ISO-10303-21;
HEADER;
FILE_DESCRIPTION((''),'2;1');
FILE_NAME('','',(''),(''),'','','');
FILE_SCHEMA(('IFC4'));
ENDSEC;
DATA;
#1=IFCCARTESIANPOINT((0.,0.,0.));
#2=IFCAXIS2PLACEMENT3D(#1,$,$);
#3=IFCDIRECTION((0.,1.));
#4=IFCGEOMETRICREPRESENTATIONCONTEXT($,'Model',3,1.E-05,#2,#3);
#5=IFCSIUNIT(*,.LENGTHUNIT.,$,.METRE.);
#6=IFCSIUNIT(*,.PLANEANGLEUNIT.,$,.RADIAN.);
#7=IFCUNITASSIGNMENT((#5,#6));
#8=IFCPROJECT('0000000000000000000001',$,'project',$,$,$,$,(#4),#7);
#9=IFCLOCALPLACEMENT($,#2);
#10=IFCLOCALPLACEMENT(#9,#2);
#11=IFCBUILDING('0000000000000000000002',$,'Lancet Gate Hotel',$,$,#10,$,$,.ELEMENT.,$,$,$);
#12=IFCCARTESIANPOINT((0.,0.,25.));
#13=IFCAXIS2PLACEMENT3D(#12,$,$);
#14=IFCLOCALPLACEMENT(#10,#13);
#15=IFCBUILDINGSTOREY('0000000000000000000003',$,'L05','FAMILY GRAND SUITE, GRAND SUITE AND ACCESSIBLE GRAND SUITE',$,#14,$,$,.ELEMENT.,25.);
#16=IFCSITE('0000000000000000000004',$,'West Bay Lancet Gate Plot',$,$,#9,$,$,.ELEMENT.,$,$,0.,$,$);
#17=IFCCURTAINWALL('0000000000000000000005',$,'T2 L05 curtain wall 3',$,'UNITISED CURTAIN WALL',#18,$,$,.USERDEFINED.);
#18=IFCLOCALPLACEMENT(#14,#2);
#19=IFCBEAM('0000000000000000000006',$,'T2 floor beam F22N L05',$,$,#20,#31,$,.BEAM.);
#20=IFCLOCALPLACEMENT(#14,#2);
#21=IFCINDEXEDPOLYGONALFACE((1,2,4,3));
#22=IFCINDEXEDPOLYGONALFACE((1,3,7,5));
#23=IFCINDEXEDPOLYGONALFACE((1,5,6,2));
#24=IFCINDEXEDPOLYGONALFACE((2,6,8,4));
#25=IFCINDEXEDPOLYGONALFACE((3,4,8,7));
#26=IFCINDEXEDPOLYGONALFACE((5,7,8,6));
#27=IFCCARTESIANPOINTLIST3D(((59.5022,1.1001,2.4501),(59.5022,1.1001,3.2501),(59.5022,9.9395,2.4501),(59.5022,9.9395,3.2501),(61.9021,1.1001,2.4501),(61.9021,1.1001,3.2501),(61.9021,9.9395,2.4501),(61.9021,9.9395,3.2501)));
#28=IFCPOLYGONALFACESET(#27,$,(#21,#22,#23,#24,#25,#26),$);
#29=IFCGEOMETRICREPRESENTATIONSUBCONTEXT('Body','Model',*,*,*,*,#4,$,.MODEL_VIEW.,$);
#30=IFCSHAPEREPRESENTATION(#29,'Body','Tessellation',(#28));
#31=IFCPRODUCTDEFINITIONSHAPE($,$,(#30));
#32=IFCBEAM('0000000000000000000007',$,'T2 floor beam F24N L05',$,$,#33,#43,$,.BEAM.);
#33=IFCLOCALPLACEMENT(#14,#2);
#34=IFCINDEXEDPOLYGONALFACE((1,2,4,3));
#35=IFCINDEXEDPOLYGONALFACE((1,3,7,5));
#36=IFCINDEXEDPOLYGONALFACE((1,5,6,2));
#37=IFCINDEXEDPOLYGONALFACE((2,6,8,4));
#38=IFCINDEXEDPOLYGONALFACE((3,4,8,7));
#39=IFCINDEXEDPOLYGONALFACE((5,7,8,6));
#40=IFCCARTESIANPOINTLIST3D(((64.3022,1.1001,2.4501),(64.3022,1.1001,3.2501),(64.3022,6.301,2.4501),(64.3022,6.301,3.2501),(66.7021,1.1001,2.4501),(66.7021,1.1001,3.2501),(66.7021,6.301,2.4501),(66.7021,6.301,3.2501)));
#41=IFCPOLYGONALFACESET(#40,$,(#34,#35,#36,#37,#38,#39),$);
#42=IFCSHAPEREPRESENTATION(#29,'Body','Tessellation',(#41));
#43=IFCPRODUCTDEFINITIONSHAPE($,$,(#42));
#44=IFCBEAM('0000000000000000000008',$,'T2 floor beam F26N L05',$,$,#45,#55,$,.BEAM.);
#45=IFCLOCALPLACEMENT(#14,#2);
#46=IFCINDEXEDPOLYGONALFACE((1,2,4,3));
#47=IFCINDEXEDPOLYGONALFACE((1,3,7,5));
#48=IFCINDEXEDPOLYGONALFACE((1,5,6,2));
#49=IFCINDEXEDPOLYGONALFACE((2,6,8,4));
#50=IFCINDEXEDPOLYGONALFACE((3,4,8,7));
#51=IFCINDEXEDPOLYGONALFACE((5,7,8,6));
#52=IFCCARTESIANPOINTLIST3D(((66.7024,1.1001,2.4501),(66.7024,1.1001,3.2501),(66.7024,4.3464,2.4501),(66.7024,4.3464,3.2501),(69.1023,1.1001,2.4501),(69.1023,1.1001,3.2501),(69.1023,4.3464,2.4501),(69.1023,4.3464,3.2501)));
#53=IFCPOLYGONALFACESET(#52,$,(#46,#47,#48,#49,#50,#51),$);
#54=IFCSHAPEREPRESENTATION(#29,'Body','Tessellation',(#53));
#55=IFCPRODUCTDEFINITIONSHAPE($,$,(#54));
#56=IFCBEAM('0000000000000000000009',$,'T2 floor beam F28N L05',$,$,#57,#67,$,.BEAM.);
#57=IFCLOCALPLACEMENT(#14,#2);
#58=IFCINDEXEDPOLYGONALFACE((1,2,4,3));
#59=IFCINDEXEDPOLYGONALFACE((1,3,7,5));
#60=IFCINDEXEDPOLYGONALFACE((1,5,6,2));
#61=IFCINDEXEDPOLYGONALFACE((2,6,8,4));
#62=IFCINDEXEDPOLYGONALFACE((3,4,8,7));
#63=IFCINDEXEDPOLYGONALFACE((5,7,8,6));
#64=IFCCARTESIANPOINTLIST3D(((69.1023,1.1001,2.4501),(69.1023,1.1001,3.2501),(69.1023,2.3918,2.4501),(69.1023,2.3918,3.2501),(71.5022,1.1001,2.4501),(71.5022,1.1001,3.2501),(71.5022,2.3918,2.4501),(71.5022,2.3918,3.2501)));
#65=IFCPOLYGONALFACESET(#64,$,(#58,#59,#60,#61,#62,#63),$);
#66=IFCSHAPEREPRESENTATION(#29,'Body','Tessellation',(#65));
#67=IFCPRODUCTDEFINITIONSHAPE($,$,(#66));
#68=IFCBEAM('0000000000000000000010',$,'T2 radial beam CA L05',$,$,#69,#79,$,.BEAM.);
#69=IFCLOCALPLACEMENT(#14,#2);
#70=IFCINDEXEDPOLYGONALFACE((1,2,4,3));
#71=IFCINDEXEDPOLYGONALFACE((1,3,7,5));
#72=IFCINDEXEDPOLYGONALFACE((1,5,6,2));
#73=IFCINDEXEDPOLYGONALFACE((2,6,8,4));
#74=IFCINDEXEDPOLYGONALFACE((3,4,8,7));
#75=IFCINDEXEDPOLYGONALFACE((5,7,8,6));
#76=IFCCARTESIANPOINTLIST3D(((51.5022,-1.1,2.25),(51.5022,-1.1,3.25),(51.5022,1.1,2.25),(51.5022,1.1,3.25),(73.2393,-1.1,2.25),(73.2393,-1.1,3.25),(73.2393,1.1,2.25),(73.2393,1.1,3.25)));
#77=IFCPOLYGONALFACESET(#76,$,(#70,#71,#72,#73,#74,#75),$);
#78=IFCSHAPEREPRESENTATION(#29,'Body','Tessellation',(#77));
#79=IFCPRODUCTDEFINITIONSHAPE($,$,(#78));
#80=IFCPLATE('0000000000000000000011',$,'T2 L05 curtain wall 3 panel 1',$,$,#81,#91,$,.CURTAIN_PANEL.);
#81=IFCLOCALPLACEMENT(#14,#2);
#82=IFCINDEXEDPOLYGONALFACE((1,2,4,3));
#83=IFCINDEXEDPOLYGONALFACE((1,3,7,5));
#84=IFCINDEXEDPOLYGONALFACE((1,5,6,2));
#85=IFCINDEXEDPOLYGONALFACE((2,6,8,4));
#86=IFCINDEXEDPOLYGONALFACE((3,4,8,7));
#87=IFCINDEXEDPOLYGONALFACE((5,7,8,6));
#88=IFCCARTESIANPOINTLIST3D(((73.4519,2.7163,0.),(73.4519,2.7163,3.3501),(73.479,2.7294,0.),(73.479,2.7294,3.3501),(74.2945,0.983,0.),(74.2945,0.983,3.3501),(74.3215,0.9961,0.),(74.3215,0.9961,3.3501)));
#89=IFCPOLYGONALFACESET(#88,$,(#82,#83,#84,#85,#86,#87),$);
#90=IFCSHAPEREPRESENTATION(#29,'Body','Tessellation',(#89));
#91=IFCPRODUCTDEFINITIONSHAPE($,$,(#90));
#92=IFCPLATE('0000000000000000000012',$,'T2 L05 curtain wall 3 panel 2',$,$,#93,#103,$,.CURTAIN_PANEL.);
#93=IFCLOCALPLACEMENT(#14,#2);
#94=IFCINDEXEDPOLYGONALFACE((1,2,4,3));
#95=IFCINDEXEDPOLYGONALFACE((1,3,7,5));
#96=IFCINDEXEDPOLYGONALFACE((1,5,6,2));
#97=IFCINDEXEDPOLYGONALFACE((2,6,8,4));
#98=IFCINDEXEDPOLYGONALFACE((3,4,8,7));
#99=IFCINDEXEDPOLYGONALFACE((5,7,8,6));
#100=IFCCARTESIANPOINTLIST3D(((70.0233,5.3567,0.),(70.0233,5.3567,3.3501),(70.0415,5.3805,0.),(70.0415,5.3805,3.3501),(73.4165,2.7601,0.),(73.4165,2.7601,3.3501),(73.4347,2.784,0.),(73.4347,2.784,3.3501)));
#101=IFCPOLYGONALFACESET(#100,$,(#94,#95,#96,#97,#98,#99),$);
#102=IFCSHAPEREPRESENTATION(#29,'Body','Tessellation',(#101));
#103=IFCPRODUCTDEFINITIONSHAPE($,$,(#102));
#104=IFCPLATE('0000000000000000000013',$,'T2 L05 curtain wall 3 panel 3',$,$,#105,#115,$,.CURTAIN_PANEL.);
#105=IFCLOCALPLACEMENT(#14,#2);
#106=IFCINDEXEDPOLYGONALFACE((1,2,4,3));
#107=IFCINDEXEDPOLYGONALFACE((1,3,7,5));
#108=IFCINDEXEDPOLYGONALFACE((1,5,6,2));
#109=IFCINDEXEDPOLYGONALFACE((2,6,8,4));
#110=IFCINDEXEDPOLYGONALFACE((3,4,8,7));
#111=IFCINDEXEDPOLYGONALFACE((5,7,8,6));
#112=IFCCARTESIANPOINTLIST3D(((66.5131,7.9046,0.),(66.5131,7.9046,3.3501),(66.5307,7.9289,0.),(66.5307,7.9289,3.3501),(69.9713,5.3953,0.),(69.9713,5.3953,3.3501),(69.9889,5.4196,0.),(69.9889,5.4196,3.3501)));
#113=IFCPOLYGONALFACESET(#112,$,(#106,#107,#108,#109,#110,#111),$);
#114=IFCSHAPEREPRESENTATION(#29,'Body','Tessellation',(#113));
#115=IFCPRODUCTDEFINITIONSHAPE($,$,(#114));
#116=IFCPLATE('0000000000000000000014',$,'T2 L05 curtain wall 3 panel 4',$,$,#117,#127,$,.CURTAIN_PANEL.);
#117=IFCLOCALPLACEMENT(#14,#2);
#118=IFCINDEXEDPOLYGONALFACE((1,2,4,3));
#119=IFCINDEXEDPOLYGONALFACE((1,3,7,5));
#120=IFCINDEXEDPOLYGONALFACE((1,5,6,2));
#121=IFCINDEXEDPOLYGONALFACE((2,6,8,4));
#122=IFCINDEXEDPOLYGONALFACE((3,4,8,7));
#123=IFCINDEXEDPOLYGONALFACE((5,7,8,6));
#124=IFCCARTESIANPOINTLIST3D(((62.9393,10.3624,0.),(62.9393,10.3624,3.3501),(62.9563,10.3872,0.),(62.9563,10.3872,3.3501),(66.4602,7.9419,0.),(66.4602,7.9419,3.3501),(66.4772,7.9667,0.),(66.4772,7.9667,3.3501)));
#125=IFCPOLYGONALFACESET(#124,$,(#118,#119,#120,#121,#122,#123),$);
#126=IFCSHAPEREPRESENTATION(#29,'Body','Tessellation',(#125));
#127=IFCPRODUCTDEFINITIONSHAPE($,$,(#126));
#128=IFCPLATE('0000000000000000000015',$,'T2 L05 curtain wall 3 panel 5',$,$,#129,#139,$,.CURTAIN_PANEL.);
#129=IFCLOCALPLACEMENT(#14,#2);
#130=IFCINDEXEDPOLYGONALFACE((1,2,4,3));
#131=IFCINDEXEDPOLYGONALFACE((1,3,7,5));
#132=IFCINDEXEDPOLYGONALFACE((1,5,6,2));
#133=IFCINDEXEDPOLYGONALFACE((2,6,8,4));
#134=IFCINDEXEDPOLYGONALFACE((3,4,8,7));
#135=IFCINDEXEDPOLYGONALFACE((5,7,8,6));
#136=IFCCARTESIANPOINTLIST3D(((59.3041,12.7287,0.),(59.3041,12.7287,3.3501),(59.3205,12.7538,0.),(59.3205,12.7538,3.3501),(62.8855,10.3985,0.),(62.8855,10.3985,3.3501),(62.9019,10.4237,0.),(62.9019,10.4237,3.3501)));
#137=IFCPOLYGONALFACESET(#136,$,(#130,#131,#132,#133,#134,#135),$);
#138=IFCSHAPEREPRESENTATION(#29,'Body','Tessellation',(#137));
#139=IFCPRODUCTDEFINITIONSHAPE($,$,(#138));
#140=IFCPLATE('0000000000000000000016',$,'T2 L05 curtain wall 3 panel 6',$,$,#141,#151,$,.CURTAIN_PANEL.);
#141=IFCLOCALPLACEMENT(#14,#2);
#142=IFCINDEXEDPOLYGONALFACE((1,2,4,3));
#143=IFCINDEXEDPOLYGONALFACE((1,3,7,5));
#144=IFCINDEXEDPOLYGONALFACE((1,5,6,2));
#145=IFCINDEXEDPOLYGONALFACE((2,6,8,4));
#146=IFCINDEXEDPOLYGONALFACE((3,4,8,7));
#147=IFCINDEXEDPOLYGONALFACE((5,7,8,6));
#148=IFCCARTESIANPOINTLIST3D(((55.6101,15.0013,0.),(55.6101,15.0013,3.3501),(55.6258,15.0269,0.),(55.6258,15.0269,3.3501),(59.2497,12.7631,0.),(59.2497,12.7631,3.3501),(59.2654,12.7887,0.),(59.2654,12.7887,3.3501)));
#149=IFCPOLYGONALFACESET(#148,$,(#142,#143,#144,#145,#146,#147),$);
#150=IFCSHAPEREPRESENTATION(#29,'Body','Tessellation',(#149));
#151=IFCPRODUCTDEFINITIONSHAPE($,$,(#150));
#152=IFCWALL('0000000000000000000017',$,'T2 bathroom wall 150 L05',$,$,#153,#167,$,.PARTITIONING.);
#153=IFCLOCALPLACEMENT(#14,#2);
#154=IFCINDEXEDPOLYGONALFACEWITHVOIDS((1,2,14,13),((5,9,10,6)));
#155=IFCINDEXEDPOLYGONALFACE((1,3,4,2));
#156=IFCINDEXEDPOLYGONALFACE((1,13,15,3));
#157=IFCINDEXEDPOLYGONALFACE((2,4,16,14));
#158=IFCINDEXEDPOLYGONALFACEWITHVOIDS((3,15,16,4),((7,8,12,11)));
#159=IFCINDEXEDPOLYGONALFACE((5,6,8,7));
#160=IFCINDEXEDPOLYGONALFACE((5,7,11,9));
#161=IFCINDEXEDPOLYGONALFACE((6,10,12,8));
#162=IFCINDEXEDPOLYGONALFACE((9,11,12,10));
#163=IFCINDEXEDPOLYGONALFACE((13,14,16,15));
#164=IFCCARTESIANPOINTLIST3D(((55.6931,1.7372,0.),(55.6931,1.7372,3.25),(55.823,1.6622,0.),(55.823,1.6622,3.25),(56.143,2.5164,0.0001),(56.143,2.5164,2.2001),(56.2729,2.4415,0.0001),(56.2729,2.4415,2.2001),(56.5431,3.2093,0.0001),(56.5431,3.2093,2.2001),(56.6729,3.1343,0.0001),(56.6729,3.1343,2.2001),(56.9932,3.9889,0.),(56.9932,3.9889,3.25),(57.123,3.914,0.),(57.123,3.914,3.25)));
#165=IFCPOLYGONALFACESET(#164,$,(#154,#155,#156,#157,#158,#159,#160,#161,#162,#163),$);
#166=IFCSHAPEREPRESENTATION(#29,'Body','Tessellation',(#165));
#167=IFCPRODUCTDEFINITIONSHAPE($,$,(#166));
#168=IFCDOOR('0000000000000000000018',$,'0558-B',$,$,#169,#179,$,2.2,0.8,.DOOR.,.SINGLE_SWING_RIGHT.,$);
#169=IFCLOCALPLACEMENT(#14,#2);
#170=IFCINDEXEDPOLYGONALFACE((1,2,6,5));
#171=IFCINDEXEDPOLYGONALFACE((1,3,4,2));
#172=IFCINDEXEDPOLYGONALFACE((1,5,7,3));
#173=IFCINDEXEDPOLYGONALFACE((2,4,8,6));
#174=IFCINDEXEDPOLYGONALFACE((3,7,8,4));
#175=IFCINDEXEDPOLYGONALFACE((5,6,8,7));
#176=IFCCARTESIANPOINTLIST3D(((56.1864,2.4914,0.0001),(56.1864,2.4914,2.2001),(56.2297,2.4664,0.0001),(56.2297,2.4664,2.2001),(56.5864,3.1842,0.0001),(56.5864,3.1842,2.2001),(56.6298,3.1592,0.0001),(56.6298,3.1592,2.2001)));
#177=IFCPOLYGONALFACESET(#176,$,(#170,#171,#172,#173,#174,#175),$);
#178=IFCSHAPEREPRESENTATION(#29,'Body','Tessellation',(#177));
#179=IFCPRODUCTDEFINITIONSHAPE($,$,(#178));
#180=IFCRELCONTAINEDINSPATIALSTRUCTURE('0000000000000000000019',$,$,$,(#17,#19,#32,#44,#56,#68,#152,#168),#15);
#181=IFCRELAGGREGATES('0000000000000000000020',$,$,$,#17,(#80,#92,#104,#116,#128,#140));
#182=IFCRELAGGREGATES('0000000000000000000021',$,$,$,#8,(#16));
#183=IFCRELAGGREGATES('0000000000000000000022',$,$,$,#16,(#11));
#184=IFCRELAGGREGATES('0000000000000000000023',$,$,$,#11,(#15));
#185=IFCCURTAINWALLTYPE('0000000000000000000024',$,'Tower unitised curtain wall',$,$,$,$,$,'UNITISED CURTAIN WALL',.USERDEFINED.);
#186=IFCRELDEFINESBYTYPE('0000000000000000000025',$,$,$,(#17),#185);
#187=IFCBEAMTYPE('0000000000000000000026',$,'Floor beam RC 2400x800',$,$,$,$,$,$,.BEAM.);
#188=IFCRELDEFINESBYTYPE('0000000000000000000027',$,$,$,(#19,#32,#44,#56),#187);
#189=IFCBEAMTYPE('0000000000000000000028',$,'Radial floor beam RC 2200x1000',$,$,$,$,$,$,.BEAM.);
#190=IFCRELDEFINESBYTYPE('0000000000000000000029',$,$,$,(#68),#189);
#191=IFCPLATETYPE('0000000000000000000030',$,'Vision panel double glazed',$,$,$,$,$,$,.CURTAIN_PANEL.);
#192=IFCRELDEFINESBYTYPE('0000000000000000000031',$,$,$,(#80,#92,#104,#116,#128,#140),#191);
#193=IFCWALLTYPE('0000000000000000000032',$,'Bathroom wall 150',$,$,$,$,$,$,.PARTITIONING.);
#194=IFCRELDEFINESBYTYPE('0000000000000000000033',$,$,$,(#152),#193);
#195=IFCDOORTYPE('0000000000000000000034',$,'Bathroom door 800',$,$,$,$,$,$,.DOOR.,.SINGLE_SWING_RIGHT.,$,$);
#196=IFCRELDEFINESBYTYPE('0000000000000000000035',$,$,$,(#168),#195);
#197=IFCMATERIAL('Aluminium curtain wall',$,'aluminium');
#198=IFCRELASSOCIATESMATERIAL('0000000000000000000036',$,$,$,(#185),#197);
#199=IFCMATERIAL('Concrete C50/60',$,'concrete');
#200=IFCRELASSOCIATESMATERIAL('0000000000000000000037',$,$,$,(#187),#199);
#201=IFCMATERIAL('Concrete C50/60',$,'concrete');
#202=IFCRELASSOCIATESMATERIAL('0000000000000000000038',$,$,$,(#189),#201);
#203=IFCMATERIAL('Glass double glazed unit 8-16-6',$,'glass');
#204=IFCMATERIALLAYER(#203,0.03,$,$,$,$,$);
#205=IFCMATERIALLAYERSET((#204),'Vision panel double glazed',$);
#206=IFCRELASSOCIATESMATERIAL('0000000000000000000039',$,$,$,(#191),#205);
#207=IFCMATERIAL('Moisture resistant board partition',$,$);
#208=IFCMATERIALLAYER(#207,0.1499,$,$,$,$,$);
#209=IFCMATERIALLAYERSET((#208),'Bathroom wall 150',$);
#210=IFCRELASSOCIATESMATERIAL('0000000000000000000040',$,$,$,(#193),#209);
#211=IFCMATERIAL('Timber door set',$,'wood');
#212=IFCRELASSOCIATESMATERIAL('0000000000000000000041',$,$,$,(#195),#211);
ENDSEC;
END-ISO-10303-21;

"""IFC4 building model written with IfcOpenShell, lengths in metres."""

from ifc_helpers import new_model, si_unit, direction, frame, frame_2d, origin, origin_2d, place, context, subcontext, project, spatial, rectangle, extrude, material, layer, layer_set, material_profile, profile_set, type_object, element, fill, aggregate, save


model = new_model("IFC4")

# Units and contexts
model_context = context("Model", 3, precision=1e-05, world=origin(), true_north=direction((0.0, 1.0)))
body_context = subcontext(model_context, "Body", "Model", "MODEL_VIEW")
ifc_project = project(units=[si_unit("LENGTHUNIT", "METRE"), si_unit("PLANEANGLEUNIT", "RADIAN")], contexts=[model_context])

# Site, building, storey
site_placement = place(None, origin())
site = spatial("IfcSite", under=ifc_project, at=site_placement, Name="West Bay Lancet Gate Plot", CompositionType="ELEMENT", RefElevation=0.0)
building_placement = place(site_placement, origin())
building = spatial("IfcBuilding", under=site, at=building_placement, Name="Lancet Gate Hotel", CompositionType="ELEMENT")
storey_placement = place(building_placement, frame((0.0, 0.0, 25.0)))
storey = spatial("IfcBuildingStorey", under=building, at=storey_placement, Name="L05", Description="FAMILY GRAND SUITE, GRAND SUITE AND ACCESSIBLE GRAND SUITE", CompositionType="ELEMENT", Elevation=25.0)

# Curtain wall
ifc_material_1 = material(Name="Aluminium curtain wall", Category="aluminium")
curtain_wall_type = type_object("IfcCurtainWallType", Name="Tower unitised curtain wall", ElementType="UNITISED CURTAIN WALL", PredefinedType="USERDEFINED", material=ifc_material_1)
curtain_wall_placement = place(storey_placement, origin())
curtain_wall = element("IfcCurtainWall", 1, at=curtain_wall_placement, inside=storey, type_object=curtain_wall_type, Name="T2 L05 curtain wall 3", ObjectType="UNITISED CURTAIN WALL", PredefinedType="USERDEFINED")

# Beams
ifc_material_2 = material(Name="Concrete C50/60", Category="concrete")
ifc_material_profile_1 = material_profile(ifc_material_2, rectangle(XDim=2.3999, YDim=0.8, at=origin_2d()), Name="RC 2400x800")
ifc_profile_set_1 = profile_set([ifc_material_profile_1], Name="Concrete C50/60")
beam_type_1 = type_object("IfcBeamType", Name="Floor beam RC 2400x800", PredefinedType="BEAM", material=ifc_profile_set_1)
beam_1_placement = place(storey_placement, frame((60.7021, 1.1001, 2.8501), z_axis=(0.0, 1.0, 0.0), x_axis=(-1.0, 0.0, 0.0)))
element("IfcBeam", 2, at=beam_1_placement, inside=storey, type_object=beam_type_1, Name="T2 floor beam F22N L05", PredefinedType="BEAM", context=body_context, shape_type="SweptSolid", body=[
    extrude(rectangle(XDim=2.3999, YDim=0.8, at=origin_2d()), origin(), (0.0, 0.0, 1.0), 8.8394),
])
beam_2_placement = place(storey_placement, frame((65.5022, 1.1001, 2.8501), z_axis=(0.0, 1.0, 0.0), x_axis=(-1.0, 0.0, 0.0)))
element("IfcBeam", 3, at=beam_2_placement, inside=storey, type_object=beam_type_1, Name="T2 floor beam F24N L05", PredefinedType="BEAM", context=body_context, shape_type="SweptSolid", body=[
    extrude(rectangle(XDim=2.3999, YDim=0.8, at=origin_2d()), origin(), (0.0, 0.0, 1.0), 5.2009),
])
beam_3_placement = place(storey_placement, frame((67.9023, 1.1001, 2.8501), z_axis=(0.0, 1.0, 0.0), x_axis=(-1.0, 0.0, 0.0)))
element("IfcBeam", 4, at=beam_3_placement, inside=storey, type_object=beam_type_1, Name="T2 floor beam F26N L05", PredefinedType="BEAM", context=body_context, shape_type="SweptSolid", body=[
    extrude(rectangle(XDim=2.3999, YDim=0.8, at=origin_2d()), origin(), (0.0, 0.0, 1.0), 3.2463),
])
beam_4_placement = place(storey_placement, frame((70.3022, 1.1001, 2.8501), z_axis=(0.0, 1.0, 0.0), x_axis=(-1.0, 0.0, 0.0)))
element("IfcBeam", 5, at=beam_4_placement, inside=storey, type_object=beam_type_1, Name="T2 floor beam F28N L05", PredefinedType="BEAM", context=body_context, shape_type="SweptSolid", body=[
    extrude(rectangle(XDim=2.3999, YDim=0.8, at=origin_2d()), origin(), (0.0, 0.0, 1.0), 1.2917),
])
ifc_material_3 = material(Name="Concrete C50/60", Category="concrete")
ifc_material_profile_2 = material_profile(ifc_material_3, rectangle(XDim=2.2, YDim=1.0, at=origin_2d()), Name="RC 2200x1000")
ifc_profile_set_2 = profile_set([ifc_material_profile_2], Name="Concrete C50/60")
beam_type_2 = type_object("IfcBeamType", Name="Radial floor beam RC 2200x1000", PredefinedType="BEAM", material=ifc_profile_set_2)
beam_5_placement = place(storey_placement, frame((73.2393, 0.0, 2.75), z_axis=(-1.0, 0.0, 0.0), x_axis=(0.0, -1.0, 0.0)))
element("IfcBeam", 6, at=beam_5_placement, inside=storey, type_object=beam_type_2, Name="T2 radial beam CA L05", PredefinedType="BEAM", context=body_context, shape_type="SweptSolid", body=[
    extrude(rectangle(XDim=2.2, YDim=1.0, at=origin_2d()), origin(), (0.0, 0.0, 1.0), 21.7371),
])

# Plates
ifc_material_4 = material(Name="Glass double glazed unit 8-16-6", Category="glass")
ifc_layer_1 = layer(ifc_material_4, 0.03)
ifc_layer_set_1 = layer_set([ifc_layer_1], Name="Vision panel double glazed")
plate_type = type_object("IfcPlateType", Name="Vision panel double glazed", PredefinedType="CURTAIN_PANEL", material=ifc_layer_set_1)
plate_1_placement = place(storey_placement, frame((73.8867, 1.8562, 0.0), z_axis=(0.0, 0.0, 1.0), x_axis=(-0.437169, 0.899379, 0.0)))
plate_1 = element("IfcPlate", 7, at=plate_1_placement, type_object=plate_type, Name="T2 L05 curtain wall 3 panel 1", PredefinedType="CURTAIN_PANEL", context=body_context, shape_type="SweptSolid", body=[
    extrude(rectangle(XDim=1.9272, YDim=0.03, at=origin_2d()), origin(), (0.0, 0.0, 1.0), 3.3501),
])
plate_2_placement = place(storey_placement, frame((71.729, 4.0703, 0.0), z_axis=(0.0, 0.0, 1.0), x_axis=(-0.79416, 0.607709, 0.0)))
plate_2 = element("IfcPlate", 8, at=plate_2_placement, type_object=plate_type, Name="T2 L05 curtain wall 3 panel 2", PredefinedType="CURTAIN_PANEL", context=body_context, shape_type="SweptSolid", body=[
    extrude(rectangle(XDim=4.2727, YDim=0.03, at=origin_2d()), origin(), (0.0, 0.0, 1.0), 3.3501),
])
plate_3_placement = place(storey_placement, frame((68.251, 6.6621, 0.0), z_axis=(0.0, 0.0, 1.0), x_axis=(-0.80937, 0.587299, 0.0)))
plate_3 = element("IfcPlate", 9, at=plate_3_placement, type_object=plate_type, Name="T2 L05 curtain wall 3 panel 3", PredefinedType="CURTAIN_PANEL", context=body_context, shape_type="SweptSolid", body=[
    extrude(rectangle(XDim=4.2727, YDim=0.03, at=origin_2d()), origin(), (0.0, 0.0, 1.0), 3.3501),
])
plate_4_placement = place(storey_placement, frame((64.7083, 9.1646, 0.0), z_axis=(0.0, 0.0, 1.0), x_axis=(-0.824055, 0.566509, 0.0)))
plate_4 = element("IfcPlate", 10, at=plate_4_placement, type_object=plate_type, Name="T2 L05 curtain wall 3 panel 4", PredefinedType="CURTAIN_PANEL", context=body_context, shape_type="SweptSolid", body=[
    extrude(rectangle(XDim=4.2727, YDim=0.03, at=origin_2d()), origin(), (0.0, 0.0, 1.0), 3.3501),
])
plate_5_placement = place(storey_placement, frame((61.103, 11.5762, 0.0), z_axis=(0.0, 0.0, 1.0), x_axis=(-0.838207, 0.545353, 0.0)))
plate_5 = element("IfcPlate", 11, at=plate_5_placement, type_object=plate_type, Name="T2 L05 curtain wall 3 panel 5", PredefinedType="CURTAIN_PANEL", context=body_context, shape_type="SweptSolid", body=[
    extrude(rectangle(XDim=4.2727, YDim=0.03, at=origin_2d()), origin(), (0.0, 0.0, 1.0), 3.3501),
])
plate_6_placement = place(storey_placement, frame((57.4377, 13.895, 0.0), z_axis=(0.0, 0.0, 1.0), x_axis=(-0.851815, 0.523842, 0.0)))
plate_6 = element("IfcPlate", 12, at=plate_6_placement, type_object=plate_type, Name="T2 L05 curtain wall 3 panel 6", PredefinedType="CURTAIN_PANEL", context=body_context, shape_type="SweptSolid", body=[
    extrude(rectangle(XDim=4.2727, YDim=0.03, at=origin_2d()), origin(), (0.0, 0.0, 1.0), 3.3501),
])
aggregate(curtain_wall, [plate_1, plate_2, plate_3, plate_4, plate_5, plate_6])

# Wall, opening, door
ifc_material_5 = material(Name="Moisture resistant board partition")
ifc_layer_2 = layer(ifc_material_5, 0.1499)
ifc_layer_set_2 = layer_set([ifc_layer_2], Name="Bathroom wall 150")
wall_type_1 = type_object("IfcWallType", Name="Bathroom wall 150", PredefinedType="PARTITIONING", material=ifc_layer_set_2)
wall_1_placement = place(storey_placement, frame((55.7581, 1.6997, 0.0), z_axis=(0.0, 0.0, 1.0), x_axis=(0.500007, 0.866021, 0.0)))
wall_1 = element("IfcWall", 13, at=wall_1_placement, inside=storey, type_object=wall_type_1, Name="T2 bathroom wall 150 L05", PredefinedType="PARTITIONING", context=body_context, shape_type="SweptSolid", body=[
    extrude(rectangle(XDim=2.6001, YDim=0.1499, at=frame_2d((1.3, 0.0))), origin(), (0.0, 0.0, 1.0), 3.25),
])
opening_placement = place(wall_1_placement, frame((0.8999, 0.0, 0.0)))
opening = element("IfcOpeningElement", 14, at=opening_placement, cuts=wall_1, PredefinedType="OPENING", context=body_context, shape_type="SweptSolid", body=[
    extrude(rectangle(XDim=0.8, YDim=2.2, at=frame_2d((0.3999, 1.1001))), frame((0.0, 0.085, 0.0), z_axis=(0.0, -1.0, 0.0), x_axis=(1.0, 0.0, 0.0)), (0.0, 0.0, 1.0), 0.1699),
])
ifc_material_6 = material(Name="Timber door set", Category="wood")
door_type = type_object("IfcDoorType", Name="Bathroom door 800", OperationType="SINGLE_SWING_RIGHT", PredefinedType="DOOR", material=ifc_material_6)
door_placement = place(opening_placement, origin())
door = element("IfcDoor", 15, at=door_placement, inside=storey, type_object=door_type, Name="0558-B", OperationType="SINGLE_SWING_RIGHT", OverallHeight=2.2, OverallWidth=0.8, PredefinedType="DOOR", context=body_context, shape_type="SweptSolid", body=[
    extrude(rectangle(XDim=0.8, YDim=2.2, at=frame_2d((0.3999, 1.1001))), frame((0.0, 0.0249, 0.0), z_axis=(0.0, -1.0, 0.0), x_axis=(1.0, 0.0, 0.0)), (0.0, 0.0, 1.0), 0.05),
])
fill(opening, door)

save(model, "model.ifc")
